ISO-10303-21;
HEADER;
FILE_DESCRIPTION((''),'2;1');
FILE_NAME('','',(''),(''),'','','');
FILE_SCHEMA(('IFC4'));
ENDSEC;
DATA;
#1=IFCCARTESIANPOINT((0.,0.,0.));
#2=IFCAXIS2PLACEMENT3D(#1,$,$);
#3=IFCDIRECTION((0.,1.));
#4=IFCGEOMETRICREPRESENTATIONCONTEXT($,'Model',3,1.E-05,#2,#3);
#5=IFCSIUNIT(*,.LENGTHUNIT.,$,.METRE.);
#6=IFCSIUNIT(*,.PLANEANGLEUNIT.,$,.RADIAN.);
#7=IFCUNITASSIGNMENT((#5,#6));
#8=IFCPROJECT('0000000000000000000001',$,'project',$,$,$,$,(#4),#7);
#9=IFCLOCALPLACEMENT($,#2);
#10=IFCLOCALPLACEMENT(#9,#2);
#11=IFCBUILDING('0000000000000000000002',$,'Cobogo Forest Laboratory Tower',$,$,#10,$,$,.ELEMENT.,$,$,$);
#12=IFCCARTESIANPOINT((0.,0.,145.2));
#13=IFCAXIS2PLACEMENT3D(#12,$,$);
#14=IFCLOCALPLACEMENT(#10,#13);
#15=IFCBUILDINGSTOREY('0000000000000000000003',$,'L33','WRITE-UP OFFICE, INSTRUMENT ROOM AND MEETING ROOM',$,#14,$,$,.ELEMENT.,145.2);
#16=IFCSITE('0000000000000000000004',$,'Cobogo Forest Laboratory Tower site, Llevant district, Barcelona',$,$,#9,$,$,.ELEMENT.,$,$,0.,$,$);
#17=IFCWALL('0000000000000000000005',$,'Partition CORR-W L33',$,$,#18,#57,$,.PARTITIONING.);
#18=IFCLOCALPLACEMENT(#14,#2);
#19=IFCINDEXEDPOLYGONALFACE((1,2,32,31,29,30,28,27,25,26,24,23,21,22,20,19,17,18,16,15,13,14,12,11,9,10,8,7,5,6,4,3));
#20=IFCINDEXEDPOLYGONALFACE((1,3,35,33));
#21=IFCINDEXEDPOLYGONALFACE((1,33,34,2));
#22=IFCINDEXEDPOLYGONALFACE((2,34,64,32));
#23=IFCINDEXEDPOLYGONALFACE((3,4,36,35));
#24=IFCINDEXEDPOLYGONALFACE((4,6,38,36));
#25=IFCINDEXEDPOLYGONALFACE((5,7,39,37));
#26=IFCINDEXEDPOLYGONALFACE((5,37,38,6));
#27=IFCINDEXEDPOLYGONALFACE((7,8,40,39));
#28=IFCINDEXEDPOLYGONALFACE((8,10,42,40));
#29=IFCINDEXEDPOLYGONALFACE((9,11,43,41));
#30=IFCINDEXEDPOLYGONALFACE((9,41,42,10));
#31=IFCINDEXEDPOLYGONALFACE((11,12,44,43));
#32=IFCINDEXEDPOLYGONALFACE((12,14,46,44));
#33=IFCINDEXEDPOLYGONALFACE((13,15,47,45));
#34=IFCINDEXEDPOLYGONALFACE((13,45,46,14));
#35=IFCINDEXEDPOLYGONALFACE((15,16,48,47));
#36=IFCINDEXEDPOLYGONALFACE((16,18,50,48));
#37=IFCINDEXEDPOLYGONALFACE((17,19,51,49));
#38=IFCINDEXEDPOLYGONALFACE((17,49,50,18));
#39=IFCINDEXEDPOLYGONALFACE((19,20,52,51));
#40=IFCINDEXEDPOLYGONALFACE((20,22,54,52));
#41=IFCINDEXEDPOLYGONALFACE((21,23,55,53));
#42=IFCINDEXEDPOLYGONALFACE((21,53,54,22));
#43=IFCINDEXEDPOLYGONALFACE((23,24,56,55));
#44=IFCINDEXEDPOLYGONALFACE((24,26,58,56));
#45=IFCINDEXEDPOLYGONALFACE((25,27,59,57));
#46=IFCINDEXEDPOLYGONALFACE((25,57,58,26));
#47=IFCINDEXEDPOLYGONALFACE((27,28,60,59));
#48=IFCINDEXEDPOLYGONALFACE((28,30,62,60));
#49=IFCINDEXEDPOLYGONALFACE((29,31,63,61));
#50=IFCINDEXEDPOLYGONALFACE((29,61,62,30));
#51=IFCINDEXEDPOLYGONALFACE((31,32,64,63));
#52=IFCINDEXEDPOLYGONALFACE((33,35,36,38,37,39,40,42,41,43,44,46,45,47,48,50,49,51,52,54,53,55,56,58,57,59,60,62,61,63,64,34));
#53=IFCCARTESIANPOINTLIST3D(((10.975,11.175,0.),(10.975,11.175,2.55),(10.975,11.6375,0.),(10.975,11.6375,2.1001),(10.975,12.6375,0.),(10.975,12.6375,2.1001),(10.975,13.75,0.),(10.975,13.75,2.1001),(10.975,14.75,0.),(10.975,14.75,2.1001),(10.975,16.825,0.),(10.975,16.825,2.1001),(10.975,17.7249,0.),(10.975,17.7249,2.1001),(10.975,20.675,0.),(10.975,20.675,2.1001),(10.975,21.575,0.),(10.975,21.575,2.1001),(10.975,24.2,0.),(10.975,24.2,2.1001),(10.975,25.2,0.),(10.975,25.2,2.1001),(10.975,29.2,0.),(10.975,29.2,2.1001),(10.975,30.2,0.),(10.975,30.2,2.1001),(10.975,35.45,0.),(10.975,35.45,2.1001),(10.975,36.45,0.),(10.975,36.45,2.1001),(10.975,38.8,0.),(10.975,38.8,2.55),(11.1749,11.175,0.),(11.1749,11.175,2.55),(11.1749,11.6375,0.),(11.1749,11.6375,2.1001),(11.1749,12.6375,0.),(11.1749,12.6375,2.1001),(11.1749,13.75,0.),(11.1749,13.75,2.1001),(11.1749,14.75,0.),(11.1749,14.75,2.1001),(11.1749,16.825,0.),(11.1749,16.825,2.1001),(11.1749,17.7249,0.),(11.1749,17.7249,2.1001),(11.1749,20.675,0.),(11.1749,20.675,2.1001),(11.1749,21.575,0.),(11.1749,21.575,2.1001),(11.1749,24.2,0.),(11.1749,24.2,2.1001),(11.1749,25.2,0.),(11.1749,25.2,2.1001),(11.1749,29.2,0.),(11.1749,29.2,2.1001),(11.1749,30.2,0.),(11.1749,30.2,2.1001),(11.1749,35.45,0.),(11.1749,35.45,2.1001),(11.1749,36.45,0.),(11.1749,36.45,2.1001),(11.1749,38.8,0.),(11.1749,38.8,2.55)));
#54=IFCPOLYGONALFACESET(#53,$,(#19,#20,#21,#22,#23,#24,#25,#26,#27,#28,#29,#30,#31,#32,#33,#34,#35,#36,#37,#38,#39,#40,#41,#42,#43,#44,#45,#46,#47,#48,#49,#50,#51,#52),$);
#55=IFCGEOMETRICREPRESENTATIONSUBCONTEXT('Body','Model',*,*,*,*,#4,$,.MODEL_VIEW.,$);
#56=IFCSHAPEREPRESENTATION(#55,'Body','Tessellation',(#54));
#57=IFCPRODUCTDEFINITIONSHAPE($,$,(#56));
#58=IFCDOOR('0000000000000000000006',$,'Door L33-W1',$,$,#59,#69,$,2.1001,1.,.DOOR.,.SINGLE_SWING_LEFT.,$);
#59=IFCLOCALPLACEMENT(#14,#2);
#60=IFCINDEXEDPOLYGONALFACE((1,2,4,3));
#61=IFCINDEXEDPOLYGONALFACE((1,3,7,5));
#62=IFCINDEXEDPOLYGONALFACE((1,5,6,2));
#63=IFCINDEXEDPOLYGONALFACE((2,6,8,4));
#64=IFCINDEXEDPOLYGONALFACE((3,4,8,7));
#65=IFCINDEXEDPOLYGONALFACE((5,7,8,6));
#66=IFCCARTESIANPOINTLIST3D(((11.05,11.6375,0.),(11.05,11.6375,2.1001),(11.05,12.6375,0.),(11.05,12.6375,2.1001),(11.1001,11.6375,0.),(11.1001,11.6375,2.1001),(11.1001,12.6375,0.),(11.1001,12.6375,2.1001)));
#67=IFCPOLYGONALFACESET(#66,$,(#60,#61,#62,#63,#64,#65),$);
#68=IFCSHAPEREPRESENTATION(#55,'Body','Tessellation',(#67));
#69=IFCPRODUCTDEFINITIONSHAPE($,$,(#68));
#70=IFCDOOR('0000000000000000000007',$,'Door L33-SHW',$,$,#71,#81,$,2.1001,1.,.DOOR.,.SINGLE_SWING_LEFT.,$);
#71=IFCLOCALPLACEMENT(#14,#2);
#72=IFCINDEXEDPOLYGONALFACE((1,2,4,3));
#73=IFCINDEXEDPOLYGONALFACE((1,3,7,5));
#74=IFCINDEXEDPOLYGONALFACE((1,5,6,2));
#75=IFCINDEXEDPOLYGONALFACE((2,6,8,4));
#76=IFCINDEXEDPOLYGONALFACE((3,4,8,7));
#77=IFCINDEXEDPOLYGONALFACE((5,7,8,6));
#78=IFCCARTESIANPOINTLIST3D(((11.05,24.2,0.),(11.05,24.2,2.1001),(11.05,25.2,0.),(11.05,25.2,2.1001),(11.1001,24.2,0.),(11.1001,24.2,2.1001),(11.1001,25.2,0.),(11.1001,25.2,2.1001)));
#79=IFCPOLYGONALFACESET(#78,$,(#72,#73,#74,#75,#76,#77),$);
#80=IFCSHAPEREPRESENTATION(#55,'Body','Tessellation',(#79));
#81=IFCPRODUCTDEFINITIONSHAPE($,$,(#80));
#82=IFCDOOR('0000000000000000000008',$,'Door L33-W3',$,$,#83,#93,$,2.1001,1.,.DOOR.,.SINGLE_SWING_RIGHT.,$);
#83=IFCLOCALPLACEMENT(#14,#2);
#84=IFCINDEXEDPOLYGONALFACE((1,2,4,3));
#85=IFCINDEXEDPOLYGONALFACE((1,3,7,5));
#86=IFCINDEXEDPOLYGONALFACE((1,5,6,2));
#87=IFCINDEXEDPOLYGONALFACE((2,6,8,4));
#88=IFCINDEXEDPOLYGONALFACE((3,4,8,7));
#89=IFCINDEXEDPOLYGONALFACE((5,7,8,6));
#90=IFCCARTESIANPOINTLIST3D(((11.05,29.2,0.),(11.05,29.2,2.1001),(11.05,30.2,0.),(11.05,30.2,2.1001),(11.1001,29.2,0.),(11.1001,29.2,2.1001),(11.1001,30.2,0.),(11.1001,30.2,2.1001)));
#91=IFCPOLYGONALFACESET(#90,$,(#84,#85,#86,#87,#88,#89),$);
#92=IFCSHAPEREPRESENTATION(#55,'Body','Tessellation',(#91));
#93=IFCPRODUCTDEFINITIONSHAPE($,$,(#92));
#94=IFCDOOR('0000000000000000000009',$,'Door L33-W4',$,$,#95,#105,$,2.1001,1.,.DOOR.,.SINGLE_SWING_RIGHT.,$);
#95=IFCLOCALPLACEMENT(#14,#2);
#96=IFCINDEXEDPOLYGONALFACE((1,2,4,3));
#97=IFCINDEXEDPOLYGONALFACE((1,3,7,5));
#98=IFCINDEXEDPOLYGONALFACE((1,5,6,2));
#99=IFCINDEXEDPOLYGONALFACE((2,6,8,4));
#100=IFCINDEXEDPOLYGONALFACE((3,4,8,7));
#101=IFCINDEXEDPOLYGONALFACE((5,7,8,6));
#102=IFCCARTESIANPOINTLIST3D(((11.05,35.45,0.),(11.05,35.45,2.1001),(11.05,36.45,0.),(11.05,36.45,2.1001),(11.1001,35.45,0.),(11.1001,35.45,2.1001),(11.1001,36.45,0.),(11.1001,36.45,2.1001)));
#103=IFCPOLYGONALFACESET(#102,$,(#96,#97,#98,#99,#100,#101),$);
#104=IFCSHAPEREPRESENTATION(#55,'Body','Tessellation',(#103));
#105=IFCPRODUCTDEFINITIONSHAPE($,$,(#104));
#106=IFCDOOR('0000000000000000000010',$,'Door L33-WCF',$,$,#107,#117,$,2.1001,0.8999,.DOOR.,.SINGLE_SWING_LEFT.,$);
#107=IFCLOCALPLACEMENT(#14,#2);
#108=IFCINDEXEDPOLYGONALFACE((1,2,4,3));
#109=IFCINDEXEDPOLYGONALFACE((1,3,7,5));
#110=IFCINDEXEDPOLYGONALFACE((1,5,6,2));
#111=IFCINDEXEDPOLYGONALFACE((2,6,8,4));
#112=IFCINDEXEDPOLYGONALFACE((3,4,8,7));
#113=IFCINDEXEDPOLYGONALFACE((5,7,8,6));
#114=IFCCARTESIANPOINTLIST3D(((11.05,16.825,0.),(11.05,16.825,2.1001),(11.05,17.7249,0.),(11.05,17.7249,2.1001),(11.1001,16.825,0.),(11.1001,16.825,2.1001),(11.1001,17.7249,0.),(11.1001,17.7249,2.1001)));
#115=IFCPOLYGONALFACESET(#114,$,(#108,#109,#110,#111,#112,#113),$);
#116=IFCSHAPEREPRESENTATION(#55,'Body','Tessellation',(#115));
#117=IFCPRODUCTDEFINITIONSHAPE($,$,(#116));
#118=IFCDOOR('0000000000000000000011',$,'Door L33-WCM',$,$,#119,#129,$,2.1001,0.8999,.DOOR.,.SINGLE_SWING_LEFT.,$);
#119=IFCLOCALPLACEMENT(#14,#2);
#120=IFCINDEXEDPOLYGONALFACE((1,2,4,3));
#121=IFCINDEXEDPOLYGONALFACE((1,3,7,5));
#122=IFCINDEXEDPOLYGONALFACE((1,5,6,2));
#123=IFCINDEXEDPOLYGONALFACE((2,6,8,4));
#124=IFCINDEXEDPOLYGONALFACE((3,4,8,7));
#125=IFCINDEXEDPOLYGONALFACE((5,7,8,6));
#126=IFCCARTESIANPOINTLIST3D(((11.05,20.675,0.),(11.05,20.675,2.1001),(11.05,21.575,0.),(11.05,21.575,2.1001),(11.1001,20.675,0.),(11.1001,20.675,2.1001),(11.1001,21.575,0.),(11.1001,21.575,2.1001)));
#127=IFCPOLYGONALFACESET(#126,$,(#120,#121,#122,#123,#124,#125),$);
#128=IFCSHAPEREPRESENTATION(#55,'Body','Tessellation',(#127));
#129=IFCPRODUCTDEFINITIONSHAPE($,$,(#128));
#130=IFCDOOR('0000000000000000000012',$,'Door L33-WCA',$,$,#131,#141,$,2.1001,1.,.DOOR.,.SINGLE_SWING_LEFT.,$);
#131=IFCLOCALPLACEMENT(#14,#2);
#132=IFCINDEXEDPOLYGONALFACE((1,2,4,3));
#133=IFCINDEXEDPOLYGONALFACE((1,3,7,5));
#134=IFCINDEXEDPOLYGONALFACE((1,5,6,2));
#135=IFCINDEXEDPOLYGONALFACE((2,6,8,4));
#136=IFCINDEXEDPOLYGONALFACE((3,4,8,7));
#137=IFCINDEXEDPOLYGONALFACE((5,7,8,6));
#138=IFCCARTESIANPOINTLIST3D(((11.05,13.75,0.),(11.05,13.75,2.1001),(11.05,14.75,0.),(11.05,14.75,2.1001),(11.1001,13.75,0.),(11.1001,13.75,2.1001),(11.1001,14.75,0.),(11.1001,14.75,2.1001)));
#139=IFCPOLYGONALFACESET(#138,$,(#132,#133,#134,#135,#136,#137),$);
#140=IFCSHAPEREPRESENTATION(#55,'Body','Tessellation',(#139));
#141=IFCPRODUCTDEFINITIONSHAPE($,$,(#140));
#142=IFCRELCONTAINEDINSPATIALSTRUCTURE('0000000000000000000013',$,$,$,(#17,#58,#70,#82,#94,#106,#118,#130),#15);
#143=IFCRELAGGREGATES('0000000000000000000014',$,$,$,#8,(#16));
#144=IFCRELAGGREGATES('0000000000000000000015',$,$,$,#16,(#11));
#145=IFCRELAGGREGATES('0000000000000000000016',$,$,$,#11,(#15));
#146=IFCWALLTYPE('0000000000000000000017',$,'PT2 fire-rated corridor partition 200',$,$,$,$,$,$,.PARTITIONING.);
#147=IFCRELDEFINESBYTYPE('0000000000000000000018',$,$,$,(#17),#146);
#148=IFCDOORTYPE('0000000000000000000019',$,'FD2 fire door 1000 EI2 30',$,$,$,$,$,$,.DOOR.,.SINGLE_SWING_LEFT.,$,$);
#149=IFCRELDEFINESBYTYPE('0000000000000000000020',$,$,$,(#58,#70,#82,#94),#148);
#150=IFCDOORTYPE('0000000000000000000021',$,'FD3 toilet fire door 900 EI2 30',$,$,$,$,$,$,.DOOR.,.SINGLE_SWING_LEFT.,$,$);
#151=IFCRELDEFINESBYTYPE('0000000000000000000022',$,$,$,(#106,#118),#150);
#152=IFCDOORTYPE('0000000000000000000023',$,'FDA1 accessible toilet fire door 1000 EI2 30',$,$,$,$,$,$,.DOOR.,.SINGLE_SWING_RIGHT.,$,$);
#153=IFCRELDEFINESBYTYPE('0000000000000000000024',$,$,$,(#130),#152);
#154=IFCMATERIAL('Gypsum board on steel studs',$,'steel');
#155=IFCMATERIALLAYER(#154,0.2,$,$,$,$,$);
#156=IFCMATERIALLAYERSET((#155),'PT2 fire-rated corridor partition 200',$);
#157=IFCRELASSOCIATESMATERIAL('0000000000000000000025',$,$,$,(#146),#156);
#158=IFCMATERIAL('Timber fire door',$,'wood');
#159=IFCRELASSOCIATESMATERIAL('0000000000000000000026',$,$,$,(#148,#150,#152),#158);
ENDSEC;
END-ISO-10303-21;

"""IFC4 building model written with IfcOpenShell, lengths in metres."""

from ifc_helpers import new_model, si_unit, direction, frame, frame_2d, origin, place, context, subcontext, project, spatial, rectangle, extrude, material, layer, layer_set, type_object, element, fill, save


model = new_model("IFC4")

# Units and contexts
model_context = context("Model", 3, precision=1e-05, world=origin(), true_north=direction((0.0, 1.0)))
body_context = subcontext(model_context, "Body", "Model", "MODEL_VIEW")
ifc_project = project(units=[si_unit("LENGTHUNIT", "METRE"), si_unit("PLANEANGLEUNIT", "RADIAN")], contexts=[model_context])

# Site, building, storey
site_placement = place(None, origin())
site = spatial("IfcSite", under=ifc_project, at=site_placement, Name="Cobogo Forest Laboratory Tower site, Llevant district, Barcelona", CompositionType="ELEMENT", RefElevation=0.0)
building_placement = place(site_placement, origin())
building = spatial("IfcBuilding", under=site, at=building_placement, Name="Cobogo Forest Laboratory Tower", CompositionType="ELEMENT")
storey_placement = place(building_placement, frame((0.0, 0.0, 145.2)))
storey = spatial("IfcBuildingStorey", under=building, at=storey_placement, Name="L33", Description="WRITE-UP OFFICE, INSTRUMENT ROOM AND MEETING ROOM", CompositionType="ELEMENT", Elevation=145.2)

# Shared definitions
ifc_material_1 = material(Name="Gypsum board on steel studs", Category="steel")

# Wall, openings, doors
ifc_layer_1 = layer(ifc_material_1, 0.2)
ifc_layer_set_1 = layer_set([ifc_layer_1], Name="PT2 fire-rated corridor partition 200")
wall_type_1 = type_object("IfcWallType", Name="PT2 fire-rated corridor partition 200", PredefinedType="PARTITIONING", material=ifc_layer_set_1)
ifc_material_2 = material(Name="Timber fire door", Category="wood")
door_type_1 = type_object("IfcDoorType", Name="FD2 fire door 1000 EI2 30", OperationType="SINGLE_SWING_LEFT", PredefinedType="DOOR", material=ifc_material_2)
wall_1_placement = place(storey_placement, frame((11.075, 11.175, 0.0), z_axis=(0.0, 0.0, 1.0), x_axis=(0.0, 1.0, 0.0)))
wall_1 = element("IfcWall", 1, at=wall_1_placement, inside=storey, type_object=wall_type_1, Name="Partition CORR-W L33", PredefinedType="PARTITIONING", context=body_context, shape_type="SweptSolid", body=[
    extrude(rectangle(XDim=27.625, YDim=0.2, at=frame_2d((13.8125, 0.0))), origin(), (0.0, 0.0, 1.0), 2.55),
])
opening_1_placement = place(wall_1_placement, frame((0.4624, 0.0, 0.0)))
opening_1 = element("IfcOpeningElement", 2, at=opening_1_placement, cuts=wall_1, PredefinedType="OPENING", context=body_context, shape_type="SweptSolid", body=[
    extrude(rectangle(XDim=1.0, YDim=2.1001, at=frame_2d((0.5, 1.05))), frame((0.0, 0.1099, 0.0), z_axis=(0.0, -1.0, 0.0), x_axis=(1.0, 0.0, 0.0)), (0.0, 0.0, 1.0), 0.22),
])
opening_2_placement = place(wall_1_placement, frame((2.575, 0.0, 0.0)))
opening_2 = element("IfcOpeningElement", 3, at=opening_2_placement, cuts=wall_1, PredefinedType="OPENING", context=body_context, shape_type="SweptSolid", body=[
    extrude(rectangle(XDim=1.0, YDim=2.1001, at=frame_2d((0.5, 1.05))), frame((0.0, 0.1099, 0.0), z_axis=(0.0, -1.0, 0.0), x_axis=(1.0, 0.0, 0.0)), (0.0, 0.0, 1.0), 0.22),
])
opening_3_placement = place(wall_1_placement, frame((5.6499, 0.0, 0.0)))
opening_3 = element("IfcOpeningElement", 4, at=opening_3_placement, cuts=wall_1, PredefinedType="OPENING", context=body_context, shape_type="SweptSolid", body=[
    extrude(rectangle(XDim=0.8999, YDim=2.1001, at=frame_2d((0.45, 1.05))), frame((0.0, 0.1099, 0.0), z_axis=(0.0, -1.0, 0.0), x_axis=(1.0, 0.0, 0.0)), (0.0, 0.0, 1.0), 0.22),
])
opening_4_placement = place(wall_1_placement, frame((9.5, 0.0, 0.0)))
opening_4 = element("IfcOpeningElement", 5, at=opening_4_placement, cuts=wall_1, PredefinedType="OPENING", context=body_context, shape_type="SweptSolid", body=[
    extrude(rectangle(XDim=0.8999, YDim=2.1001, at=frame_2d((0.45, 1.05))), frame((0.0, 0.1099, 0.0), z_axis=(0.0, -1.0, 0.0), x_axis=(1.0, 0.0, 0.0)), (0.0, 0.0, 1.0), 0.22),
])
opening_5_placement = place(wall_1_placement, frame((13.0249, 0.0, 0.0)))
opening_5 = element("IfcOpeningElement", 6, at=opening_5_placement, cuts=wall_1, PredefinedType="OPENING", context=body_context, shape_type="SweptSolid", body=[
    extrude(rectangle(XDim=1.0, YDim=2.1001, at=frame_2d((0.5, 1.05))), frame((0.0, 0.1099, 0.0), z_axis=(0.0, -1.0, 0.0), x_axis=(1.0, 0.0, 0.0)), (0.0, 0.0, 1.0), 0.22),
])
opening_6_placement = place(wall_1_placement, frame((18.0249, 0.0, 0.0)))
opening_6 = element("IfcOpeningElement", 7, at=opening_6_placement, cuts=wall_1, PredefinedType="OPENING", context=body_context, shape_type="SweptSolid", body=[
    extrude(rectangle(XDim=1.0, YDim=2.1001, at=frame_2d((0.5, 1.05))), frame((0.0, 0.1099, 0.0), z_axis=(0.0, -1.0, 0.0), x_axis=(1.0, 0.0, 0.0)), (0.0, 0.0, 1.0), 0.22),
])
opening_7_placement = place(wall_1_placement, frame((24.2749, 0.0, 0.0)))
opening_7 = element("IfcOpeningElement", 8, at=opening_7_placement, cuts=wall_1, PredefinedType="OPENING", context=body_context, shape_type="SweptSolid", body=[
    extrude(rectangle(XDim=1.0, YDim=2.1001, at=frame_2d((0.5, 1.05))), frame((0.0, 0.1099, 0.0), z_axis=(0.0, -1.0, 0.0), x_axis=(1.0, 0.0, 0.0)), (0.0, 0.0, 1.0), 0.22),
])
door_1_placement = place(opening_1_placement, origin())
door_1 = element("IfcDoor", 9, at=door_1_placement, inside=storey, type_object=door_type_1, Name="Door L33-W1", OperationType="SINGLE_SWING_LEFT", OverallHeight=2.1001, OverallWidth=1.0, PredefinedType="DOOR", context=body_context, shape_type="SweptSolid", body=[
    extrude(rectangle(XDim=1.0, YDim=2.1001, at=frame_2d((0.5, 1.05))), frame((0.0, 0.0249, 0.0), z_axis=(0.0, -1.0, 0.0), x_axis=(1.0, 0.0, 0.0)), (0.0, 0.0, 1.0), 0.05),
])
fill(opening_1, door_1)
door_2_placement = place(opening_5_placement, origin())
door_2 = element("IfcDoor", 10, at=door_2_placement, inside=storey, type_object=door_type_1, Name="Door L33-SHW", OperationType="SINGLE_SWING_LEFT", OverallHeight=2.1001, OverallWidth=1.0, PredefinedType="DOOR", context=body_context, shape_type="SweptSolid", body=[
    extrude(rectangle(XDim=1.0, YDim=2.1001, at=frame_2d((0.5, 1.05))), frame((0.0, 0.0249, 0.0), z_axis=(0.0, -1.0, 0.0), x_axis=(1.0, 0.0, 0.0)), (0.0, 0.0, 1.0), 0.05),
])
fill(opening_5, door_2)
door_3_placement = place(opening_6_placement, origin())
door_3 = element("IfcDoor", 11, at=door_3_placement, inside=storey, type_object=door_type_1, Name="Door L33-W3", OperationType="SINGLE_SWING_RIGHT", OverallHeight=2.1001, OverallWidth=1.0, PredefinedType="DOOR", context=body_context, shape_type="SweptSolid", body=[
    extrude(rectangle(XDim=1.0, YDim=2.1001, at=frame_2d((0.5, 1.05))), frame((0.0, 0.0249, 0.0), z_axis=(0.0, -1.0, 0.0), x_axis=(1.0, 0.0, 0.0)), (0.0, 0.0, 1.0), 0.05),
])
fill(opening_6, door_3)
door_4_placement = place(opening_7_placement, origin())
door_4 = element("IfcDoor", 12, at=door_4_placement, inside=storey, type_object=door_type_1, Name="Door L33-W4", OperationType="SINGLE_SWING_RIGHT", OverallHeight=2.1001, OverallWidth=1.0, PredefinedType="DOOR", context=body_context, shape_type="SweptSolid", body=[
    extrude(rectangle(XDim=1.0, YDim=2.1001, at=frame_2d((0.5, 1.05))), frame((0.0, 0.0249, 0.0), z_axis=(0.0, -1.0, 0.0), x_axis=(1.0, 0.0, 0.0)), (0.0, 0.0, 1.0), 0.05),
])
fill(opening_7, door_4)
door_type_2 = type_object("IfcDoorType", Name="FD3 toilet fire door 900 EI2 30", OperationType="SINGLE_SWING_LEFT", PredefinedType="DOOR", material=ifc_material_2)
door_5_placement = place(opening_3_placement, origin())
door_5 = element("IfcDoor", 13, at=door_5_placement, inside=storey, type_object=door_type_2, Name="Door L33-WCF", OperationType="SINGLE_SWING_LEFT", OverallHeight=2.1001, OverallWidth=0.8999, PredefinedType="DOOR", context=body_context, shape_type="SweptSolid", body=[
    extrude(rectangle(XDim=0.8999, YDim=2.1001, at=frame_2d((0.45, 1.05))), frame((0.0, 0.0249, 0.0), z_axis=(0.0, -1.0, 0.0), x_axis=(1.0, 0.0, 0.0)), (0.0, 0.0, 1.0), 0.05),
])
fill(opening_3, door_5)
door_6_placement = place(opening_4_placement, origin())
door_6 = element("IfcDoor", 14, at=door_6_placement, inside=storey, type_object=door_type_2, Name="Door L33-WCM", OperationType="SINGLE_SWING_LEFT", OverallHeight=2.1001, OverallWidth=0.8999, PredefinedType="DOOR", context=body_context, shape_type="SweptSolid", body=[
    extrude(rectangle(XDim=0.8999, YDim=2.1001, at=frame_2d((0.45, 1.05))), frame((0.0, 0.0249, 0.0), z_axis=(0.0, -1.0, 0.0), x_axis=(1.0, 0.0, 0.0)), (0.0, 0.0, 1.0), 0.05),
])
fill(opening_4, door_6)
door_type_3 = type_object("IfcDoorType", Name="FDA1 accessible toilet fire door 1000 EI2 30", OperationType="SINGLE_SWING_RIGHT", PredefinedType="DOOR", material=ifc_material_2)
door_7_placement = place(opening_2_placement, origin())
door_7 = element("IfcDoor", 15, at=door_7_placement, inside=storey, type_object=door_type_3, Name="Door L33-WCA", OperationType="SINGLE_SWING_LEFT", OverallHeight=2.1001, OverallWidth=1.0, PredefinedType="DOOR", context=body_context, shape_type="SweptSolid", body=[
    extrude(rectangle(XDim=1.0, YDim=2.1001, at=frame_2d((0.5, 1.05))), frame((0.0, 0.0249, 0.0), z_axis=(0.0, -1.0, 0.0), x_axis=(1.0, 0.0, 0.0)), (0.0, 0.0, 1.0), 0.05),
])
fill(opening_2, door_7)

save(model, "model.ifc")
